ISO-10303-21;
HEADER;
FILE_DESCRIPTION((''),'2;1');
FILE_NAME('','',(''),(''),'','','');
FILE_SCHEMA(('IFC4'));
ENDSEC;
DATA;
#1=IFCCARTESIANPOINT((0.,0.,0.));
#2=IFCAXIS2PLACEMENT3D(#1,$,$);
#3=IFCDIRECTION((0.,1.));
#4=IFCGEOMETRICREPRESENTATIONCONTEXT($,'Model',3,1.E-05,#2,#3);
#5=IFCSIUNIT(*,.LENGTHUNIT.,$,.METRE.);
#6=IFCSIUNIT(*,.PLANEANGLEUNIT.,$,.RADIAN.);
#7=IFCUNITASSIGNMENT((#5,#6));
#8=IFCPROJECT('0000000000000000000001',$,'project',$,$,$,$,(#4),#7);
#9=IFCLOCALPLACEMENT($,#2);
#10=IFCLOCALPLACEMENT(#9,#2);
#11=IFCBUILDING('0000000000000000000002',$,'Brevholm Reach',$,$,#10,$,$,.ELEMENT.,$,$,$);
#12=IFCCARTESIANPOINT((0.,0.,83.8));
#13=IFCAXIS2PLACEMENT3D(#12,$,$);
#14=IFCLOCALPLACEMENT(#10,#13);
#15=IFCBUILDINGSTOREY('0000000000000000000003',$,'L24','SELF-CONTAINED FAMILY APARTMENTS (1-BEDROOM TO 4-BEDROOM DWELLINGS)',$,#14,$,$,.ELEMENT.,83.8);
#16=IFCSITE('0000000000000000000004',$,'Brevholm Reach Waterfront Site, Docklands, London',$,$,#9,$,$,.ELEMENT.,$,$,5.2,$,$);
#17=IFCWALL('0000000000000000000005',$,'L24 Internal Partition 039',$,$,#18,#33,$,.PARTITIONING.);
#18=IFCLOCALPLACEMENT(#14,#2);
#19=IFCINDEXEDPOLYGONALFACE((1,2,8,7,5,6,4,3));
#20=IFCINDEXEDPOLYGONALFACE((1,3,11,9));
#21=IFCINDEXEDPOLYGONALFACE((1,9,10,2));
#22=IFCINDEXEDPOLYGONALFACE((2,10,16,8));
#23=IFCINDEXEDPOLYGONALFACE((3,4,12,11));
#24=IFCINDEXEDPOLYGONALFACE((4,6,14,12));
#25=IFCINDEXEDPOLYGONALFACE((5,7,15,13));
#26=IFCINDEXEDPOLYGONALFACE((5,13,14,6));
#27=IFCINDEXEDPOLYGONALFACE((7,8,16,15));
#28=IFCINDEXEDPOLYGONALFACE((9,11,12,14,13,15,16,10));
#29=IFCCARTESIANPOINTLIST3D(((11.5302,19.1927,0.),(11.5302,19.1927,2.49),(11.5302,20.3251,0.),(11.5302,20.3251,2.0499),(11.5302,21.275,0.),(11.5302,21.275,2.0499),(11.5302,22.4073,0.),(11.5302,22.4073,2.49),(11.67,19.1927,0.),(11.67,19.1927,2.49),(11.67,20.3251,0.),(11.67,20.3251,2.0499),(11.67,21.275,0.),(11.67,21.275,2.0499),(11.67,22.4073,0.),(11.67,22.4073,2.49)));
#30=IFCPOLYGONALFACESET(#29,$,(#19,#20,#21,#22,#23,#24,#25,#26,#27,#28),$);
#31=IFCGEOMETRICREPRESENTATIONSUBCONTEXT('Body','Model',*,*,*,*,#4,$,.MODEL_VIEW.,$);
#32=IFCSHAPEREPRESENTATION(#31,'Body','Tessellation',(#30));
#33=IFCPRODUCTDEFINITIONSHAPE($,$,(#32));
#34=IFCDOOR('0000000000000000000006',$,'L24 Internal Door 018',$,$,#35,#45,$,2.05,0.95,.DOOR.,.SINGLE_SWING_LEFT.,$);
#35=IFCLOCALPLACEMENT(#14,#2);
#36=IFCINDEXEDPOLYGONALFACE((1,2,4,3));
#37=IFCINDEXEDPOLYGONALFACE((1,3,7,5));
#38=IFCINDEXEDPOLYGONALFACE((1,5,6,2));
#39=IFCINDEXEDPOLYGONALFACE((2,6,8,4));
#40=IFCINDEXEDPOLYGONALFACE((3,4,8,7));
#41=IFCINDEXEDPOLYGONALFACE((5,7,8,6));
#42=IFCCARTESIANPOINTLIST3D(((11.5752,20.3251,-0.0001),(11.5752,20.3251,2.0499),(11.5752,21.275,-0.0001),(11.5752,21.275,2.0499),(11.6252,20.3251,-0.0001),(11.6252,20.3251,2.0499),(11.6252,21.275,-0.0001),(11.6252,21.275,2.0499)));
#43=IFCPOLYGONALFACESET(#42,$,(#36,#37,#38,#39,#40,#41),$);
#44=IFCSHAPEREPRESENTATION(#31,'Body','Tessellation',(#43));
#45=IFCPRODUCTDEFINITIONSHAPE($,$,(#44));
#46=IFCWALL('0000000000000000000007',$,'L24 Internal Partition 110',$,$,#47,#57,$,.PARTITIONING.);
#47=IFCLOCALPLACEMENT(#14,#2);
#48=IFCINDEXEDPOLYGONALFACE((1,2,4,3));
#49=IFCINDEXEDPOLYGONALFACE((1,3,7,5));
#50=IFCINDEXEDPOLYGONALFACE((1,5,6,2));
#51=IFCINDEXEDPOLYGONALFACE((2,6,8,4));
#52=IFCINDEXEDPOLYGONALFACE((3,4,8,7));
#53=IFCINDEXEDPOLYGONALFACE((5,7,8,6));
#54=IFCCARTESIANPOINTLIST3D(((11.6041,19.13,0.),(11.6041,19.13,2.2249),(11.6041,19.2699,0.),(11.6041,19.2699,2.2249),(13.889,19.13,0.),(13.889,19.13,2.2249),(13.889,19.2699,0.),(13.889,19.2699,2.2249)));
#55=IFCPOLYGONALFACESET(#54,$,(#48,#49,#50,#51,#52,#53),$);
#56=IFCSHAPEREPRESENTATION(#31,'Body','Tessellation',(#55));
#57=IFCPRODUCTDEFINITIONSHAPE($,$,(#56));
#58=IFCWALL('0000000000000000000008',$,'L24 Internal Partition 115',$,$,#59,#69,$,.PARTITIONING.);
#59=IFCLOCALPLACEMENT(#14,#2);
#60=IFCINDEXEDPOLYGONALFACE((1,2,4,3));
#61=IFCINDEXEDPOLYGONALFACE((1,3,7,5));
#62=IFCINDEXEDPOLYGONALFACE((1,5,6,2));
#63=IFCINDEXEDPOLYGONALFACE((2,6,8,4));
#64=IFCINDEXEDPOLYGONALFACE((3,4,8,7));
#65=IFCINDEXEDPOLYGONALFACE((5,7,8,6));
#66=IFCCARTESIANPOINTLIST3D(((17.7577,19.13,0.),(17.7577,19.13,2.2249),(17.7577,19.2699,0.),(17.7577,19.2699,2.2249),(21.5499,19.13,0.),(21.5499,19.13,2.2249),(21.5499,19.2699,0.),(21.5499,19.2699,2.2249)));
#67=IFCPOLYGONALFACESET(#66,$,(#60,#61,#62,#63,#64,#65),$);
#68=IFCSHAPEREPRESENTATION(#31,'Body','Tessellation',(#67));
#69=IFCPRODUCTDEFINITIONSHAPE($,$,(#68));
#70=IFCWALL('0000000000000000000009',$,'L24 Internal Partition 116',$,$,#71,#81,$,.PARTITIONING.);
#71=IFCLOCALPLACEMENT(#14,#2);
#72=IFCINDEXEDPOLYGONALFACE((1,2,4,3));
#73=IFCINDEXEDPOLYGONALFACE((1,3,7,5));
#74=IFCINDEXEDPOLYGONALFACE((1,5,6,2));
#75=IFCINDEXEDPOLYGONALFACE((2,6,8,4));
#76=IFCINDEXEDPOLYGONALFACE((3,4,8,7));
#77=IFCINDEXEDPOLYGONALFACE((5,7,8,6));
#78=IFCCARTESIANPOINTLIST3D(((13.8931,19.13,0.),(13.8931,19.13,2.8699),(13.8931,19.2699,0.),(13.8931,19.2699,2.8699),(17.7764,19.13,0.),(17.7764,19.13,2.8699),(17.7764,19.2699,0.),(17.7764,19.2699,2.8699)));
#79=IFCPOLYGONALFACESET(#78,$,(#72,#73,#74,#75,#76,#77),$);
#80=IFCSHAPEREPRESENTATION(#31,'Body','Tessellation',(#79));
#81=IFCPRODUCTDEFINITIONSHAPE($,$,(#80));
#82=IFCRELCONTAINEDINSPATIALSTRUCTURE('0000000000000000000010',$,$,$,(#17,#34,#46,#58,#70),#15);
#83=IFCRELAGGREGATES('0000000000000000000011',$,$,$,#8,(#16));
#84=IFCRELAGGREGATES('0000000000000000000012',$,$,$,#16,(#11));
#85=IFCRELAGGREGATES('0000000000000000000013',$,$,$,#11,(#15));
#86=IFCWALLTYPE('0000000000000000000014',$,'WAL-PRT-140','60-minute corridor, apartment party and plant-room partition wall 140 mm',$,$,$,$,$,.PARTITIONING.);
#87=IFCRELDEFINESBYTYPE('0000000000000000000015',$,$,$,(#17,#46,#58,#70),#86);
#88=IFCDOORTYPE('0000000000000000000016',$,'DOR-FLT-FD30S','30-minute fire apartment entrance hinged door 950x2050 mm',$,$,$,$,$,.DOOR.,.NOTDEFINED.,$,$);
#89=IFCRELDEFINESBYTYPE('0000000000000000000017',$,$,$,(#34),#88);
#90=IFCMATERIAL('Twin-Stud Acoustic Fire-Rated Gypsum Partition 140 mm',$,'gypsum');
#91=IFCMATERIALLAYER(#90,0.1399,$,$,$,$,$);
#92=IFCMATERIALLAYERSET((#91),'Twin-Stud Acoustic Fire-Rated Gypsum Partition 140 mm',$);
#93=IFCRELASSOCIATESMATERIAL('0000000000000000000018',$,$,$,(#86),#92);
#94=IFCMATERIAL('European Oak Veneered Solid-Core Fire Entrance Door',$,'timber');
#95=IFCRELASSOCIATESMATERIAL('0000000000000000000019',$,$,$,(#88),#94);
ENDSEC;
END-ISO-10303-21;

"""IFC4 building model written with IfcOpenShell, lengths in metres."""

from ifc_helpers import new_model, si_unit, direction, frame, frame_2d, origin, place, context, subcontext, project, spatial, rectangle, extrude, material, layer, layer_set, type_object, element, fill, save


model = new_model("IFC4")

# Units and contexts
model_context = context("Model", 3, precision=1e-05, world=origin(), true_north=direction((0.0, 1.0)))
body_context = subcontext(model_context, "Body", "Model", "MODEL_VIEW")
ifc_project = project(units=[si_unit("LENGTHUNIT", "METRE"), si_unit("PLANEANGLEUNIT", "RADIAN")], contexts=[model_context])

# Site, building, storey
site_placement = place(None, origin())
site = spatial("IfcSite", under=ifc_project, at=site_placement, Name="Brevholm Reach Waterfront Site, Docklands, London", CompositionType="ELEMENT", RefElevation=5.2)
building_placement = place(site_placement, origin())
building = spatial("IfcBuilding", under=site, at=building_placement, Name="Brevholm Reach", CompositionType="ELEMENT")
storey_placement = place(building_placement, frame((0.0, 0.0, 83.8)))
storey = spatial("IfcBuildingStorey", under=building, at=storey_placement, Name="L24", Description="SELF-CONTAINED FAMILY APARTMENTS (1-BEDROOM TO 4-BEDROOM DWELLINGS)", CompositionType="ELEMENT", Elevation=83.8)

# Shared definitions
ifc_material_1 = material(Name="Twin-Stud Acoustic Fire-Rated Gypsum Partition 140 mm", Category="gypsum")
ifc_layer_1 = layer(ifc_material_1, 0.1399)
ifc_layer_set_1 = layer_set([ifc_layer_1], Name="Twin-Stud Acoustic Fire-Rated Gypsum Partition 140 mm")
wall_type_1 = type_object("IfcWallType", Name="WAL-PRT-140", Description="60-minute corridor, apartment party and plant-room partition wall 140 mm", PredefinedType="PARTITIONING", material=ifc_layer_set_1)

# Shared definitions
ifc_material_2 = material(Name="European Oak Veneered Solid-Core Fire Entrance Door", Category="timber")
door_type_1 = type_object("IfcDoorType", Name="DOR-FLT-FD30S", Description="30-minute fire apartment entrance hinged door 950x2050 mm", OperationType="NOTDEFINED", PredefinedType="DOOR", material=ifc_material_2)

# Wall, opening, door
wall_1_placement = place(storey_placement, frame((11.6001, 19.1926, 0.0), z_axis=(0.0, 0.0, 1.0), x_axis=(0.0, 1.0, 0.0)))
wall_1 = element("IfcWall", 1, at=wall_1_placement, inside=storey, type_object=wall_type_1, Name="L24 Internal Partition 039", PredefinedType="PARTITIONING", context=body_context, shape_type="SweptSolid", body=[
    extrude(rectangle(XDim=3.2146, YDim=0.1399, at=frame_2d((1.6074, 0.0))), origin(), (0.0, 0.0, 1.0), 2.49),
])
opening_1_placement = place(wall_1_placement, frame((1.1323, 0.0, 0.0)))
opening_1 = element("IfcOpeningElement", 2, at=opening_1_placement, cuts=wall_1, PredefinedType="OPENING", context=body_context, shape_type="SweptSolid", body=[
    extrude(rectangle(XDim=0.95, YDim=2.05, at=frame_2d((0.4751, 1.0249))), frame((0.0, 0.0798, 0.0), z_axis=(0.0, -1.0, 0.0), x_axis=(1.0, 0.0, 0.0)), (0.0, 0.0, 1.0), 0.1599),
])
door_1_placement = place(opening_1_placement, origin())
door_1 = element("IfcDoor", 3, at=door_1_placement, inside=storey, type_object=door_type_1, Name="L24 Internal Door 018", OperationType="SINGLE_SWING_LEFT", OverallHeight=2.05, OverallWidth=0.95, PredefinedType="DOOR", context=body_context, shape_type="SweptSolid", body=[
    extrude(rectangle(XDim=0.95, YDim=2.05, at=frame_2d((0.4751, 1.0249))), frame((0.0, 0.0249, 0.0), z_axis=(0.0, -1.0, 0.0), x_axis=(1.0, 0.0, 0.0)), (0.0, 0.0, 1.0), 0.05),
])
fill(opening_1, door_1)

# Walls
wall_2_placement = place(storey_placement, frame((11.604, 19.2, 0.0), z_axis=(0.0, 0.0, 1.0), x_axis=(1.0, 0.0, 0.0)))
element("IfcWall", 4, at=wall_2_placement, inside=storey, type_object=wall_type_1, Name="L24 Internal Partition 110", PredefinedType="PARTITIONING", context=body_context, shape_type="SweptSolid", body=[
    extrude(rectangle(XDim=2.2849, YDim=0.1399, at=frame_2d((1.1426, 0.0))), origin(), (0.0, 0.0, 1.0), 2.2249),
])
wall_3_placement = place(storey_placement, frame((17.7578, 19.2, 0.0), z_axis=(0.0, 0.0, 1.0), x_axis=(1.0, 0.0, 0.0)))
element("IfcWall", 5, at=wall_3_placement, inside=storey, type_object=wall_type_1, Name="L24 Internal Partition 115", PredefinedType="PARTITIONING", context=body_context, shape_type="SweptSolid", body=[
    extrude(rectangle(XDim=3.7922, YDim=0.1399, at=frame_2d((1.896, 0.0))), origin(), (0.0, 0.0, 1.0), 2.2249),
])
wall_4_placement = place(storey_placement, frame((13.8931, 19.2, 0.0), z_axis=(0.0, 0.0, 1.0), x_axis=(1.0, 0.0, 0.0)))
element("IfcWall", 6, at=wall_4_placement, inside=storey, type_object=wall_type_1, Name="L24 Internal Partition 116", PredefinedType="PARTITIONING", context=body_context, shape_type="SweptSolid", body=[
    extrude(rectangle(XDim=3.8833, YDim=0.1399, at=frame_2d((1.9417, 0.0))), origin(), (0.0, 0.0, 1.0), 2.8699),
])

save(model, "model.ifc")
